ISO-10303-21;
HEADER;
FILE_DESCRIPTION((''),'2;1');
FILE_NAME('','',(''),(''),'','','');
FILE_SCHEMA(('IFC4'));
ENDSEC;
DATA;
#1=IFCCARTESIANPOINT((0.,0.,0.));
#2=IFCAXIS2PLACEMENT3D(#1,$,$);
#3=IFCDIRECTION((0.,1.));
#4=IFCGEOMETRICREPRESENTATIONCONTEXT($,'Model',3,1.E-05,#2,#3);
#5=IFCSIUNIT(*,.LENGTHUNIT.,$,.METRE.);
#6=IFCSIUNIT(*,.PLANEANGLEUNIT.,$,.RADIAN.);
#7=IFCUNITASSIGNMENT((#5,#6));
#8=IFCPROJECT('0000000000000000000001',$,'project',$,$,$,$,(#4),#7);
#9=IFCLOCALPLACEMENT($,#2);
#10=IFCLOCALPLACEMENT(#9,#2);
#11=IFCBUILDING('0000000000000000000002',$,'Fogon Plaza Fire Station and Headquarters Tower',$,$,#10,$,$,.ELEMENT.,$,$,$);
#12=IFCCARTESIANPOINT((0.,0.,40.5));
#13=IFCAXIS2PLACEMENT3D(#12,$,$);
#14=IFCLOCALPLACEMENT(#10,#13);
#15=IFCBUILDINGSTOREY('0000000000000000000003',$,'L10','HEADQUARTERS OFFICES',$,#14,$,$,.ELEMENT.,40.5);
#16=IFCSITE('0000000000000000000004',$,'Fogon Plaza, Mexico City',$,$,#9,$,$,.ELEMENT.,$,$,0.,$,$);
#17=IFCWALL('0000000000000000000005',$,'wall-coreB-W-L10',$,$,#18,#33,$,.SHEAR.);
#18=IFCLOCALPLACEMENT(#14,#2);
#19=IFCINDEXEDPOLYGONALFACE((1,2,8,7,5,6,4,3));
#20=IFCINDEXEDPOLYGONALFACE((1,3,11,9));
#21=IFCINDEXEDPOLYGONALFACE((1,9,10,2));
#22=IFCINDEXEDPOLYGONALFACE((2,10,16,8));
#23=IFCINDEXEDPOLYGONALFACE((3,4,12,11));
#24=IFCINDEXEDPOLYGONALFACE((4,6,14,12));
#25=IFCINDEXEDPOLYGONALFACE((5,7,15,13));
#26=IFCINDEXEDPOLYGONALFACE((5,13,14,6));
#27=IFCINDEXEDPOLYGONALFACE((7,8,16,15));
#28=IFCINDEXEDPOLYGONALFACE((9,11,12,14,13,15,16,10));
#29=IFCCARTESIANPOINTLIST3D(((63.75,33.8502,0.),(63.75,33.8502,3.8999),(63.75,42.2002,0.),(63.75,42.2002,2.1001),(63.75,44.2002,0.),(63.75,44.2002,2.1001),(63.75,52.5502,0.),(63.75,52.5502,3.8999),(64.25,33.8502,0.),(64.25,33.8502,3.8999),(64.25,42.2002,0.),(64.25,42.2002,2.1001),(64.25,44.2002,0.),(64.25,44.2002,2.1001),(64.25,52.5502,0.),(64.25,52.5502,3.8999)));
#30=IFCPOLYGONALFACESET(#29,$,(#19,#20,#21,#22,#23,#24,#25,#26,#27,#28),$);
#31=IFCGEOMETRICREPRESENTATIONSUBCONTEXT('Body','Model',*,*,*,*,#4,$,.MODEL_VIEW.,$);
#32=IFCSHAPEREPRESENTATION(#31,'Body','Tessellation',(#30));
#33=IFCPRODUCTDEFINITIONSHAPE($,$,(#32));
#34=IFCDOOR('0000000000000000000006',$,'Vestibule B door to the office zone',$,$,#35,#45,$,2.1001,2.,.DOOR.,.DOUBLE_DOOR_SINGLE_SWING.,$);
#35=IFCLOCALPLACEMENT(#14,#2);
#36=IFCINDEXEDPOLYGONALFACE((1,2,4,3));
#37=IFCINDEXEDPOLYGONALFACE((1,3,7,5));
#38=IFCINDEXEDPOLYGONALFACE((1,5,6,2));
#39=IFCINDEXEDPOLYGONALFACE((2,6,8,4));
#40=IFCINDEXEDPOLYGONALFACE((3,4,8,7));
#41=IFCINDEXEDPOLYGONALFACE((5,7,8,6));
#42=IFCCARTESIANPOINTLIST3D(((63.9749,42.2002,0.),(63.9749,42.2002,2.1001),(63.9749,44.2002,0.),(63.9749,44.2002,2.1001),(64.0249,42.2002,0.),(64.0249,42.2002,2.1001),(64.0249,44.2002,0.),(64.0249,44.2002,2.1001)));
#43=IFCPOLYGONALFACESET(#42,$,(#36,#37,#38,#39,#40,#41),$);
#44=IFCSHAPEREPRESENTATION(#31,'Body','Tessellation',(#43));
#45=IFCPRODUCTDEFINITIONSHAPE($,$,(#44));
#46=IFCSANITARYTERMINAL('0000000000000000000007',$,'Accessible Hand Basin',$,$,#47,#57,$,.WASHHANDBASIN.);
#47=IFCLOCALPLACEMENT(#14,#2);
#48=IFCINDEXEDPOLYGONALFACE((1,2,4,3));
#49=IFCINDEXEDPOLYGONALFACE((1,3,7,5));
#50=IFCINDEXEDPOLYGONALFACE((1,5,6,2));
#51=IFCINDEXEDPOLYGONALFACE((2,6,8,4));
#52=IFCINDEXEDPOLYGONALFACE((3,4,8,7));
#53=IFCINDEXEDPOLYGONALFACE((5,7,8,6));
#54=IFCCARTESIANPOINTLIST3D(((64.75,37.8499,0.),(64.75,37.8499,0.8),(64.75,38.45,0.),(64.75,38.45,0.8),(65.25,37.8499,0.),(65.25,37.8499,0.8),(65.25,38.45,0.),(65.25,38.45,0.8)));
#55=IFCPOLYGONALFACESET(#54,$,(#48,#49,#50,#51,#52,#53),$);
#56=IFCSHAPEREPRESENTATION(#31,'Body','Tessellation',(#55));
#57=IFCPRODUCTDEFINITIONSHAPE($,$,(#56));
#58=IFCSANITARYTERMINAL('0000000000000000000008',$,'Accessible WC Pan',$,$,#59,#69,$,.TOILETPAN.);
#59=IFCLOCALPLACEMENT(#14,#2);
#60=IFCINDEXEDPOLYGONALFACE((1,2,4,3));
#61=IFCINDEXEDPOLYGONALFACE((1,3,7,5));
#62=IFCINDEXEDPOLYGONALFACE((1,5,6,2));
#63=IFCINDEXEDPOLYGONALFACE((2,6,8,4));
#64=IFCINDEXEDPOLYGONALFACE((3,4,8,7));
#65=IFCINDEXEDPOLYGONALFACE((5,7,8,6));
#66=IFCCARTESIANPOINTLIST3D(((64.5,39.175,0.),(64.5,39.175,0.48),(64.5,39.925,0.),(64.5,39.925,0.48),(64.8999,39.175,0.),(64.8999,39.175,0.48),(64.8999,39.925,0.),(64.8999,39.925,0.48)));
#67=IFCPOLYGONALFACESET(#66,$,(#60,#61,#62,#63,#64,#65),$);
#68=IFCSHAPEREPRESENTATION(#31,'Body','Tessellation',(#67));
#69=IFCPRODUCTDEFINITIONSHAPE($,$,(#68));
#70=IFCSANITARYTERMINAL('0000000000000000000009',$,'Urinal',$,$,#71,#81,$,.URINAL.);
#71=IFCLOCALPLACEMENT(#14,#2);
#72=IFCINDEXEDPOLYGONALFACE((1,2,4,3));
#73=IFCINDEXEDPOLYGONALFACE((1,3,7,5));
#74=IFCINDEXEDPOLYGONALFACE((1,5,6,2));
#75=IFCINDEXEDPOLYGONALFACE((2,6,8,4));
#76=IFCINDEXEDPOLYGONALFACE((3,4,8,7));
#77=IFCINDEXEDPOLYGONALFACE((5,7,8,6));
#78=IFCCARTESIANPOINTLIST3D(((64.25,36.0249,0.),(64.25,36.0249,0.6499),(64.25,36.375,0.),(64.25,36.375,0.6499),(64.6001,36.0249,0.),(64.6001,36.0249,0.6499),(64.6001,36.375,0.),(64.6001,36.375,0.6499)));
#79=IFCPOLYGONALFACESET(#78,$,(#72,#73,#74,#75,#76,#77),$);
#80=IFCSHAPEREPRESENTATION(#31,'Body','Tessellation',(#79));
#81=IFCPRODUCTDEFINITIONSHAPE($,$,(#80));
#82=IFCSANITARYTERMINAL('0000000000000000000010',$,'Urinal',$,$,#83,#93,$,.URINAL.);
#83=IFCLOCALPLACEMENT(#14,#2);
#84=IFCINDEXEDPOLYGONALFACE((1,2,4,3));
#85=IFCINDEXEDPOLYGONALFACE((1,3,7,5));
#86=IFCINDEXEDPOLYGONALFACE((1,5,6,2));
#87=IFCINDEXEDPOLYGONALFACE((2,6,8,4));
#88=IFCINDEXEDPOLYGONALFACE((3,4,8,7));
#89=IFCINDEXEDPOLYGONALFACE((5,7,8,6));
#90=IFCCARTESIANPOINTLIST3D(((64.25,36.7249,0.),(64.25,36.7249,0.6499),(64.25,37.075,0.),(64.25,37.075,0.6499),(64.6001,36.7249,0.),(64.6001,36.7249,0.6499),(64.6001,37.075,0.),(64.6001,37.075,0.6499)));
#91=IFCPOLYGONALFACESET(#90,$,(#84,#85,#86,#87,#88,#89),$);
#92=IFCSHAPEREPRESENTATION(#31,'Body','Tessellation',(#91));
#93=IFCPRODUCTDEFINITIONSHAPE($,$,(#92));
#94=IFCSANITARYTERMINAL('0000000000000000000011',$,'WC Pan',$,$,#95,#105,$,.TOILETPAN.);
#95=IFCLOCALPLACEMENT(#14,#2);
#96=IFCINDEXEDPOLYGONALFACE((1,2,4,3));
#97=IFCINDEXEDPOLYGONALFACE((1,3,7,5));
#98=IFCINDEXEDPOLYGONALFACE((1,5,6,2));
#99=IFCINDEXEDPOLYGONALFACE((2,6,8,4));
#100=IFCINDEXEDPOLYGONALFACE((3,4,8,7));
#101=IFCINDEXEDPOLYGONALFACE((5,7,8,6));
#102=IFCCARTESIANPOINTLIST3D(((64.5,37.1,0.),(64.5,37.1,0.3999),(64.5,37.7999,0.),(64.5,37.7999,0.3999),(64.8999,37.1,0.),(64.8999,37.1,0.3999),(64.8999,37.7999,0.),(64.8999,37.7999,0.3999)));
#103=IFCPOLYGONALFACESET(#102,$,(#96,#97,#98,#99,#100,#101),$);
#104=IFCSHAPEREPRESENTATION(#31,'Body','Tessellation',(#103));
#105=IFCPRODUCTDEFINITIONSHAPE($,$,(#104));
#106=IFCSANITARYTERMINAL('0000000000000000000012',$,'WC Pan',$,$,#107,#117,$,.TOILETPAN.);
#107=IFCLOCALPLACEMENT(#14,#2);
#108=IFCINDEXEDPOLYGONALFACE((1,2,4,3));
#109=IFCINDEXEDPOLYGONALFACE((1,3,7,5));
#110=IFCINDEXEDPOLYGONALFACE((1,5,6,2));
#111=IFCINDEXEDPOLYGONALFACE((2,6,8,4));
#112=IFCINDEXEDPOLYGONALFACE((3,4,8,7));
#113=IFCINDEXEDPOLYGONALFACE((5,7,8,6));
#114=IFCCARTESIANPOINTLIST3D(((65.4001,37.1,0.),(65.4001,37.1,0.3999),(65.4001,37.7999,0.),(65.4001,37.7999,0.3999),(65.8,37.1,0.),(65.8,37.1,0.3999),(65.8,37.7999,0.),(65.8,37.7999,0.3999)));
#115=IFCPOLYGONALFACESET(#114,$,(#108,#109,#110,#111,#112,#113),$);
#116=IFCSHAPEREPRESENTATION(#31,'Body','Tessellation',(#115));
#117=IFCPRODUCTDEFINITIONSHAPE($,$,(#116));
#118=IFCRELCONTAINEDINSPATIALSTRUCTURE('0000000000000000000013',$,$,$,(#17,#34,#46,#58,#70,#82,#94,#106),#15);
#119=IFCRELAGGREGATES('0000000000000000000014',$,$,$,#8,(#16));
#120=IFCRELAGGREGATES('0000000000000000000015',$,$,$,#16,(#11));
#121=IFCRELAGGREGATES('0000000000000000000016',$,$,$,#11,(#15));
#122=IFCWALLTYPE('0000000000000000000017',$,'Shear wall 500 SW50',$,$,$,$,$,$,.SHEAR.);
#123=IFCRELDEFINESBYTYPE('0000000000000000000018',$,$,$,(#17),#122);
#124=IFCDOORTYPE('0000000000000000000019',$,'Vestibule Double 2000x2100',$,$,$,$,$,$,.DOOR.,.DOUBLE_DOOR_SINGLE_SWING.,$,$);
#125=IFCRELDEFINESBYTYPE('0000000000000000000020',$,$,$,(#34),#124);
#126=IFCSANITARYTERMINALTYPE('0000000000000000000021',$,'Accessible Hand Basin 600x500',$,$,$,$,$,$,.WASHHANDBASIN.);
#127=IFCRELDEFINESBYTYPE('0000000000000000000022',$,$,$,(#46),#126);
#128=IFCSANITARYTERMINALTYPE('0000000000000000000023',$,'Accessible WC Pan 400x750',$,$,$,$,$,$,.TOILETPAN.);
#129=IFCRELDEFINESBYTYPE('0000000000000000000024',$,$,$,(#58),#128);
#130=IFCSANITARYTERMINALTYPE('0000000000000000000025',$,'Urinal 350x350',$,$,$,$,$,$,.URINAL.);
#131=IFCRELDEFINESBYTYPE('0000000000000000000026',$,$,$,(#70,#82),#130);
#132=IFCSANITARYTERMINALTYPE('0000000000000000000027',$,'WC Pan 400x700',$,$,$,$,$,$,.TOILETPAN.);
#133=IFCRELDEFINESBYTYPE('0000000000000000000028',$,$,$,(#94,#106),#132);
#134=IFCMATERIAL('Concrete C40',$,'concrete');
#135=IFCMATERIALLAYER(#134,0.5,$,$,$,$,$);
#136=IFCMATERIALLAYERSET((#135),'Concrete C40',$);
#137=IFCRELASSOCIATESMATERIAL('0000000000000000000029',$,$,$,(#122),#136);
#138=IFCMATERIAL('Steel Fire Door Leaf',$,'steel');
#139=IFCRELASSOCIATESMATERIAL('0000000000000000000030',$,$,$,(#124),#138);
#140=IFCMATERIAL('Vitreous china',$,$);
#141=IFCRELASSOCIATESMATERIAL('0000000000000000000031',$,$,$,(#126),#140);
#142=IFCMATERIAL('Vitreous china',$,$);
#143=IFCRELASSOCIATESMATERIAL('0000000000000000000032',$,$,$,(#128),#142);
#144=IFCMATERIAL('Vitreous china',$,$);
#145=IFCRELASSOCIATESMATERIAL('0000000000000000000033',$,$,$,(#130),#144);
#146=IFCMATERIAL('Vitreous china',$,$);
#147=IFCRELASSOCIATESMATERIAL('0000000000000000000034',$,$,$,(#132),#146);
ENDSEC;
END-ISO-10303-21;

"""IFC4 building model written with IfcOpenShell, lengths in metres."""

from ifc_helpers import new_model, si_unit, direction, frame, frame_2d, origin, origin_2d, place, context, subcontext, project, spatial, rectangle, extrude, material, layer, layer_set, type_object, element, fill, save


model = new_model("IFC4")

# Units and contexts
model_context = context("Model", 3, precision=1e-05, world=origin(), true_north=direction((0.0, 1.0)))
body_context = subcontext(model_context, "Body", "Model", "MODEL_VIEW")
ifc_project = project(units=[si_unit("LENGTHUNIT", "METRE"), si_unit("PLANEANGLEUNIT", "RADIAN")], contexts=[model_context])

# Site, building, storey
site_placement = place(None, origin())
site = spatial("IfcSite", under=ifc_project, at=site_placement, Name="Fogon Plaza, Mexico City", CompositionType="ELEMENT", RefElevation=0.0)
building_placement = place(site_placement, origin())
building = spatial("IfcBuilding", under=site, at=building_placement, Name="Fogon Plaza Fire Station and Headquarters Tower", CompositionType="ELEMENT")
storey_placement = place(building_placement, frame((0.0, 0.0, 40.5)))
storey = spatial("IfcBuildingStorey", under=building, at=storey_placement, Name="L10", Description="HEADQUARTERS OFFICES", CompositionType="ELEMENT", Elevation=40.5)

# Shared definitions
ifc_material_1 = material(Name="Concrete C40", Category="concrete")
ifc_layer_1 = layer(ifc_material_1, 0.5)
ifc_layer_set_1 = layer_set([ifc_layer_1], Name="Concrete C40")
wall_type_1 = type_object("IfcWallType", Name="Shear wall 500 SW50", PredefinedType="SHEAR", material=ifc_layer_set_1)

# Wall, opening, door
wall_1_placement = place(storey_placement, frame((64.0, 33.8501, 0.0), z_axis=(0.0, 0.0, 1.0), x_axis=(0.0, 1.0, 0.0)))
wall_1 = element("IfcWall", 1, at=wall_1_placement, inside=storey, type_object=wall_type_1, Name="wall-coreB-W-L10", PredefinedType="SHEAR", context=body_context, shape_type="SweptSolid", body=[
    extrude(rectangle(XDim=18.7, YDim=0.5, at=frame_2d((9.3501, 0.0))), origin(), (0.0, 0.0, 1.0), 3.8999),
])
opening_1_placement = place(wall_1_placement, frame((8.3501, 0.0, 0.0)))
opening_1 = element("IfcOpeningElement", 2, at=opening_1_placement, cuts=wall_1, PredefinedType="OPENING", context=body_context, shape_type="SweptSolid", body=[
    extrude(rectangle(XDim=2.0, YDim=2.1001, at=frame_2d((1.0, 1.05))), frame((0.0, 0.26, 0.0), z_axis=(0.0, -1.0, 0.0), x_axis=(1.0, 0.0, 0.0)), (0.0, 0.0, 1.0), 0.52),
])
ifc_material_2 = material(Name="Steel Fire Door Leaf", Category="steel")
door_type = type_object("IfcDoorType", Name="Vestibule Double 2000x2100", OperationType="DOUBLE_DOOR_SINGLE_SWING", PredefinedType="DOOR", material=ifc_material_2)
door_placement = place(opening_1_placement, frame((2.0, 0.0, 0.0), z_axis=(0.0, 0.0, 1.0), x_axis=(-1.0, 0.0, 0.0)))
door = element("IfcDoor", 3, at=door_placement, inside=storey, type_object=door_type, Name="Vestibule B door to the office zone", OperationType="DOUBLE_DOOR_SINGLE_SWING", OverallHeight=2.1001, OverallWidth=2.0, PredefinedType="DOOR", context=body_context, shape_type="SweptSolid", body=[
    extrude(rectangle(XDim=2.0, YDim=2.1001, at=frame_2d((1.0, 1.05))), frame((0.0, 0.0249, 0.0), z_axis=(0.0, -1.0, 0.0), x_axis=(1.0, 0.0, 0.0)), (0.0, 0.0, 1.0), 0.05),
])
fill(opening_1, door)

# Sanitary terminals
ifc_material_3 = material(Name="Vitreous china")
sanitary_terminal_type_1 = type_object("IfcSanitaryTerminalType", Name="Accessible Hand Basin 600x500", PredefinedType="WASHHANDBASIN", material=ifc_material_3)
sanitary_terminal_1_placement = place(storey_placement, frame((65.0, 38.1499, 0.0), z_axis=(0.0, 0.0, 1.0), x_axis=(1.0, 0.0, 0.0)))
element("IfcSanitaryTerminal", 4, at=sanitary_terminal_1_placement, inside=storey, type_object=sanitary_terminal_type_1, Name="Accessible Hand Basin", PredefinedType="WASHHANDBASIN", context=body_context, shape_type="SweptSolid", body=[
    extrude(rectangle(XDim=0.5, YDim=0.6001, at=origin_2d()), origin(), (0.0, 0.0, 1.0), 0.8),
])
ifc_material_4 = material(Name="Vitreous china")
sanitary_terminal_type_2 = type_object("IfcSanitaryTerminalType", Name="Accessible WC Pan 400x750", PredefinedType="TOILETPAN", material=ifc_material_4)
sanitary_terminal_2_placement = place(storey_placement, frame((64.7, 39.55, 0.0), z_axis=(0.0, 0.0, 1.0), x_axis=(1.0, 0.0, 0.0)))
element("IfcSanitaryTerminal", 5, at=sanitary_terminal_2_placement, inside=storey, type_object=sanitary_terminal_type_2, Name="Accessible WC Pan", PredefinedType="TOILETPAN", context=body_context, shape_type="SweptSolid", body=[
    extrude(rectangle(XDim=0.3999, YDim=0.75, at=origin_2d()), origin(), (0.0, 0.0, 1.0), 0.48),
])
ifc_material_5 = material(Name="Vitreous china")
sanitary_terminal_type_3 = type_object("IfcSanitaryTerminalType", Name="Urinal 350x350", PredefinedType="URINAL", material=ifc_material_5)
for number, where, z_axis, x_axis, name in (
    (6, (64.425, 36.2, 0.0), (0.0, 0.0, 1.0), (1.0, 0.0, 0.0), "Urinal"),
    (7, (64.425, 36.8999, 0.0), (0.0, 0.0, 1.0), (1.0, 0.0, 0.0), "Urinal"),
):
    element("IfcSanitaryTerminal", number, at=place(storey_placement, frame(where, z_axis=z_axis, x_axis=x_axis)), inside=storey, type_object=sanitary_terminal_type_3, Name=name, PredefinedType="URINAL", context=body_context, shape_type="SweptSolid", body=[
        extrude(rectangle(XDim=0.3501, YDim=0.3501, at=origin_2d()), origin(), (0.0, 0.0, 1.0), 0.6499),
    ])
ifc_material_6 = material(Name="Vitreous china")
sanitary_terminal_type_4 = type_object("IfcSanitaryTerminalType", Name="WC Pan 400x700", PredefinedType="TOILETPAN", material=ifc_material_6)
for number, where, z_axis, x_axis, name in (
    (8, (64.7, 37.45, 0.0), (0.0, 0.0, 1.0), (1.0, 0.0, 0.0), "WC Pan"),
    (9, (65.6001, 37.45, 0.0), (0.0, 0.0, 1.0), (1.0, 0.0, 0.0), "WC Pan"),
):
    element("IfcSanitaryTerminal", number, at=place(storey_placement, frame(where, z_axis=z_axis, x_axis=x_axis)), inside=storey, type_object=sanitary_terminal_type_4, Name=name, PredefinedType="TOILETPAN", context=body_context, shape_type="SweptSolid", body=[
        extrude(rectangle(XDim=0.3999, YDim=0.7, at=origin_2d()), origin(), (0.0, 0.0, 1.0), 0.3999),
    ])

save(model, "model.ifc")
